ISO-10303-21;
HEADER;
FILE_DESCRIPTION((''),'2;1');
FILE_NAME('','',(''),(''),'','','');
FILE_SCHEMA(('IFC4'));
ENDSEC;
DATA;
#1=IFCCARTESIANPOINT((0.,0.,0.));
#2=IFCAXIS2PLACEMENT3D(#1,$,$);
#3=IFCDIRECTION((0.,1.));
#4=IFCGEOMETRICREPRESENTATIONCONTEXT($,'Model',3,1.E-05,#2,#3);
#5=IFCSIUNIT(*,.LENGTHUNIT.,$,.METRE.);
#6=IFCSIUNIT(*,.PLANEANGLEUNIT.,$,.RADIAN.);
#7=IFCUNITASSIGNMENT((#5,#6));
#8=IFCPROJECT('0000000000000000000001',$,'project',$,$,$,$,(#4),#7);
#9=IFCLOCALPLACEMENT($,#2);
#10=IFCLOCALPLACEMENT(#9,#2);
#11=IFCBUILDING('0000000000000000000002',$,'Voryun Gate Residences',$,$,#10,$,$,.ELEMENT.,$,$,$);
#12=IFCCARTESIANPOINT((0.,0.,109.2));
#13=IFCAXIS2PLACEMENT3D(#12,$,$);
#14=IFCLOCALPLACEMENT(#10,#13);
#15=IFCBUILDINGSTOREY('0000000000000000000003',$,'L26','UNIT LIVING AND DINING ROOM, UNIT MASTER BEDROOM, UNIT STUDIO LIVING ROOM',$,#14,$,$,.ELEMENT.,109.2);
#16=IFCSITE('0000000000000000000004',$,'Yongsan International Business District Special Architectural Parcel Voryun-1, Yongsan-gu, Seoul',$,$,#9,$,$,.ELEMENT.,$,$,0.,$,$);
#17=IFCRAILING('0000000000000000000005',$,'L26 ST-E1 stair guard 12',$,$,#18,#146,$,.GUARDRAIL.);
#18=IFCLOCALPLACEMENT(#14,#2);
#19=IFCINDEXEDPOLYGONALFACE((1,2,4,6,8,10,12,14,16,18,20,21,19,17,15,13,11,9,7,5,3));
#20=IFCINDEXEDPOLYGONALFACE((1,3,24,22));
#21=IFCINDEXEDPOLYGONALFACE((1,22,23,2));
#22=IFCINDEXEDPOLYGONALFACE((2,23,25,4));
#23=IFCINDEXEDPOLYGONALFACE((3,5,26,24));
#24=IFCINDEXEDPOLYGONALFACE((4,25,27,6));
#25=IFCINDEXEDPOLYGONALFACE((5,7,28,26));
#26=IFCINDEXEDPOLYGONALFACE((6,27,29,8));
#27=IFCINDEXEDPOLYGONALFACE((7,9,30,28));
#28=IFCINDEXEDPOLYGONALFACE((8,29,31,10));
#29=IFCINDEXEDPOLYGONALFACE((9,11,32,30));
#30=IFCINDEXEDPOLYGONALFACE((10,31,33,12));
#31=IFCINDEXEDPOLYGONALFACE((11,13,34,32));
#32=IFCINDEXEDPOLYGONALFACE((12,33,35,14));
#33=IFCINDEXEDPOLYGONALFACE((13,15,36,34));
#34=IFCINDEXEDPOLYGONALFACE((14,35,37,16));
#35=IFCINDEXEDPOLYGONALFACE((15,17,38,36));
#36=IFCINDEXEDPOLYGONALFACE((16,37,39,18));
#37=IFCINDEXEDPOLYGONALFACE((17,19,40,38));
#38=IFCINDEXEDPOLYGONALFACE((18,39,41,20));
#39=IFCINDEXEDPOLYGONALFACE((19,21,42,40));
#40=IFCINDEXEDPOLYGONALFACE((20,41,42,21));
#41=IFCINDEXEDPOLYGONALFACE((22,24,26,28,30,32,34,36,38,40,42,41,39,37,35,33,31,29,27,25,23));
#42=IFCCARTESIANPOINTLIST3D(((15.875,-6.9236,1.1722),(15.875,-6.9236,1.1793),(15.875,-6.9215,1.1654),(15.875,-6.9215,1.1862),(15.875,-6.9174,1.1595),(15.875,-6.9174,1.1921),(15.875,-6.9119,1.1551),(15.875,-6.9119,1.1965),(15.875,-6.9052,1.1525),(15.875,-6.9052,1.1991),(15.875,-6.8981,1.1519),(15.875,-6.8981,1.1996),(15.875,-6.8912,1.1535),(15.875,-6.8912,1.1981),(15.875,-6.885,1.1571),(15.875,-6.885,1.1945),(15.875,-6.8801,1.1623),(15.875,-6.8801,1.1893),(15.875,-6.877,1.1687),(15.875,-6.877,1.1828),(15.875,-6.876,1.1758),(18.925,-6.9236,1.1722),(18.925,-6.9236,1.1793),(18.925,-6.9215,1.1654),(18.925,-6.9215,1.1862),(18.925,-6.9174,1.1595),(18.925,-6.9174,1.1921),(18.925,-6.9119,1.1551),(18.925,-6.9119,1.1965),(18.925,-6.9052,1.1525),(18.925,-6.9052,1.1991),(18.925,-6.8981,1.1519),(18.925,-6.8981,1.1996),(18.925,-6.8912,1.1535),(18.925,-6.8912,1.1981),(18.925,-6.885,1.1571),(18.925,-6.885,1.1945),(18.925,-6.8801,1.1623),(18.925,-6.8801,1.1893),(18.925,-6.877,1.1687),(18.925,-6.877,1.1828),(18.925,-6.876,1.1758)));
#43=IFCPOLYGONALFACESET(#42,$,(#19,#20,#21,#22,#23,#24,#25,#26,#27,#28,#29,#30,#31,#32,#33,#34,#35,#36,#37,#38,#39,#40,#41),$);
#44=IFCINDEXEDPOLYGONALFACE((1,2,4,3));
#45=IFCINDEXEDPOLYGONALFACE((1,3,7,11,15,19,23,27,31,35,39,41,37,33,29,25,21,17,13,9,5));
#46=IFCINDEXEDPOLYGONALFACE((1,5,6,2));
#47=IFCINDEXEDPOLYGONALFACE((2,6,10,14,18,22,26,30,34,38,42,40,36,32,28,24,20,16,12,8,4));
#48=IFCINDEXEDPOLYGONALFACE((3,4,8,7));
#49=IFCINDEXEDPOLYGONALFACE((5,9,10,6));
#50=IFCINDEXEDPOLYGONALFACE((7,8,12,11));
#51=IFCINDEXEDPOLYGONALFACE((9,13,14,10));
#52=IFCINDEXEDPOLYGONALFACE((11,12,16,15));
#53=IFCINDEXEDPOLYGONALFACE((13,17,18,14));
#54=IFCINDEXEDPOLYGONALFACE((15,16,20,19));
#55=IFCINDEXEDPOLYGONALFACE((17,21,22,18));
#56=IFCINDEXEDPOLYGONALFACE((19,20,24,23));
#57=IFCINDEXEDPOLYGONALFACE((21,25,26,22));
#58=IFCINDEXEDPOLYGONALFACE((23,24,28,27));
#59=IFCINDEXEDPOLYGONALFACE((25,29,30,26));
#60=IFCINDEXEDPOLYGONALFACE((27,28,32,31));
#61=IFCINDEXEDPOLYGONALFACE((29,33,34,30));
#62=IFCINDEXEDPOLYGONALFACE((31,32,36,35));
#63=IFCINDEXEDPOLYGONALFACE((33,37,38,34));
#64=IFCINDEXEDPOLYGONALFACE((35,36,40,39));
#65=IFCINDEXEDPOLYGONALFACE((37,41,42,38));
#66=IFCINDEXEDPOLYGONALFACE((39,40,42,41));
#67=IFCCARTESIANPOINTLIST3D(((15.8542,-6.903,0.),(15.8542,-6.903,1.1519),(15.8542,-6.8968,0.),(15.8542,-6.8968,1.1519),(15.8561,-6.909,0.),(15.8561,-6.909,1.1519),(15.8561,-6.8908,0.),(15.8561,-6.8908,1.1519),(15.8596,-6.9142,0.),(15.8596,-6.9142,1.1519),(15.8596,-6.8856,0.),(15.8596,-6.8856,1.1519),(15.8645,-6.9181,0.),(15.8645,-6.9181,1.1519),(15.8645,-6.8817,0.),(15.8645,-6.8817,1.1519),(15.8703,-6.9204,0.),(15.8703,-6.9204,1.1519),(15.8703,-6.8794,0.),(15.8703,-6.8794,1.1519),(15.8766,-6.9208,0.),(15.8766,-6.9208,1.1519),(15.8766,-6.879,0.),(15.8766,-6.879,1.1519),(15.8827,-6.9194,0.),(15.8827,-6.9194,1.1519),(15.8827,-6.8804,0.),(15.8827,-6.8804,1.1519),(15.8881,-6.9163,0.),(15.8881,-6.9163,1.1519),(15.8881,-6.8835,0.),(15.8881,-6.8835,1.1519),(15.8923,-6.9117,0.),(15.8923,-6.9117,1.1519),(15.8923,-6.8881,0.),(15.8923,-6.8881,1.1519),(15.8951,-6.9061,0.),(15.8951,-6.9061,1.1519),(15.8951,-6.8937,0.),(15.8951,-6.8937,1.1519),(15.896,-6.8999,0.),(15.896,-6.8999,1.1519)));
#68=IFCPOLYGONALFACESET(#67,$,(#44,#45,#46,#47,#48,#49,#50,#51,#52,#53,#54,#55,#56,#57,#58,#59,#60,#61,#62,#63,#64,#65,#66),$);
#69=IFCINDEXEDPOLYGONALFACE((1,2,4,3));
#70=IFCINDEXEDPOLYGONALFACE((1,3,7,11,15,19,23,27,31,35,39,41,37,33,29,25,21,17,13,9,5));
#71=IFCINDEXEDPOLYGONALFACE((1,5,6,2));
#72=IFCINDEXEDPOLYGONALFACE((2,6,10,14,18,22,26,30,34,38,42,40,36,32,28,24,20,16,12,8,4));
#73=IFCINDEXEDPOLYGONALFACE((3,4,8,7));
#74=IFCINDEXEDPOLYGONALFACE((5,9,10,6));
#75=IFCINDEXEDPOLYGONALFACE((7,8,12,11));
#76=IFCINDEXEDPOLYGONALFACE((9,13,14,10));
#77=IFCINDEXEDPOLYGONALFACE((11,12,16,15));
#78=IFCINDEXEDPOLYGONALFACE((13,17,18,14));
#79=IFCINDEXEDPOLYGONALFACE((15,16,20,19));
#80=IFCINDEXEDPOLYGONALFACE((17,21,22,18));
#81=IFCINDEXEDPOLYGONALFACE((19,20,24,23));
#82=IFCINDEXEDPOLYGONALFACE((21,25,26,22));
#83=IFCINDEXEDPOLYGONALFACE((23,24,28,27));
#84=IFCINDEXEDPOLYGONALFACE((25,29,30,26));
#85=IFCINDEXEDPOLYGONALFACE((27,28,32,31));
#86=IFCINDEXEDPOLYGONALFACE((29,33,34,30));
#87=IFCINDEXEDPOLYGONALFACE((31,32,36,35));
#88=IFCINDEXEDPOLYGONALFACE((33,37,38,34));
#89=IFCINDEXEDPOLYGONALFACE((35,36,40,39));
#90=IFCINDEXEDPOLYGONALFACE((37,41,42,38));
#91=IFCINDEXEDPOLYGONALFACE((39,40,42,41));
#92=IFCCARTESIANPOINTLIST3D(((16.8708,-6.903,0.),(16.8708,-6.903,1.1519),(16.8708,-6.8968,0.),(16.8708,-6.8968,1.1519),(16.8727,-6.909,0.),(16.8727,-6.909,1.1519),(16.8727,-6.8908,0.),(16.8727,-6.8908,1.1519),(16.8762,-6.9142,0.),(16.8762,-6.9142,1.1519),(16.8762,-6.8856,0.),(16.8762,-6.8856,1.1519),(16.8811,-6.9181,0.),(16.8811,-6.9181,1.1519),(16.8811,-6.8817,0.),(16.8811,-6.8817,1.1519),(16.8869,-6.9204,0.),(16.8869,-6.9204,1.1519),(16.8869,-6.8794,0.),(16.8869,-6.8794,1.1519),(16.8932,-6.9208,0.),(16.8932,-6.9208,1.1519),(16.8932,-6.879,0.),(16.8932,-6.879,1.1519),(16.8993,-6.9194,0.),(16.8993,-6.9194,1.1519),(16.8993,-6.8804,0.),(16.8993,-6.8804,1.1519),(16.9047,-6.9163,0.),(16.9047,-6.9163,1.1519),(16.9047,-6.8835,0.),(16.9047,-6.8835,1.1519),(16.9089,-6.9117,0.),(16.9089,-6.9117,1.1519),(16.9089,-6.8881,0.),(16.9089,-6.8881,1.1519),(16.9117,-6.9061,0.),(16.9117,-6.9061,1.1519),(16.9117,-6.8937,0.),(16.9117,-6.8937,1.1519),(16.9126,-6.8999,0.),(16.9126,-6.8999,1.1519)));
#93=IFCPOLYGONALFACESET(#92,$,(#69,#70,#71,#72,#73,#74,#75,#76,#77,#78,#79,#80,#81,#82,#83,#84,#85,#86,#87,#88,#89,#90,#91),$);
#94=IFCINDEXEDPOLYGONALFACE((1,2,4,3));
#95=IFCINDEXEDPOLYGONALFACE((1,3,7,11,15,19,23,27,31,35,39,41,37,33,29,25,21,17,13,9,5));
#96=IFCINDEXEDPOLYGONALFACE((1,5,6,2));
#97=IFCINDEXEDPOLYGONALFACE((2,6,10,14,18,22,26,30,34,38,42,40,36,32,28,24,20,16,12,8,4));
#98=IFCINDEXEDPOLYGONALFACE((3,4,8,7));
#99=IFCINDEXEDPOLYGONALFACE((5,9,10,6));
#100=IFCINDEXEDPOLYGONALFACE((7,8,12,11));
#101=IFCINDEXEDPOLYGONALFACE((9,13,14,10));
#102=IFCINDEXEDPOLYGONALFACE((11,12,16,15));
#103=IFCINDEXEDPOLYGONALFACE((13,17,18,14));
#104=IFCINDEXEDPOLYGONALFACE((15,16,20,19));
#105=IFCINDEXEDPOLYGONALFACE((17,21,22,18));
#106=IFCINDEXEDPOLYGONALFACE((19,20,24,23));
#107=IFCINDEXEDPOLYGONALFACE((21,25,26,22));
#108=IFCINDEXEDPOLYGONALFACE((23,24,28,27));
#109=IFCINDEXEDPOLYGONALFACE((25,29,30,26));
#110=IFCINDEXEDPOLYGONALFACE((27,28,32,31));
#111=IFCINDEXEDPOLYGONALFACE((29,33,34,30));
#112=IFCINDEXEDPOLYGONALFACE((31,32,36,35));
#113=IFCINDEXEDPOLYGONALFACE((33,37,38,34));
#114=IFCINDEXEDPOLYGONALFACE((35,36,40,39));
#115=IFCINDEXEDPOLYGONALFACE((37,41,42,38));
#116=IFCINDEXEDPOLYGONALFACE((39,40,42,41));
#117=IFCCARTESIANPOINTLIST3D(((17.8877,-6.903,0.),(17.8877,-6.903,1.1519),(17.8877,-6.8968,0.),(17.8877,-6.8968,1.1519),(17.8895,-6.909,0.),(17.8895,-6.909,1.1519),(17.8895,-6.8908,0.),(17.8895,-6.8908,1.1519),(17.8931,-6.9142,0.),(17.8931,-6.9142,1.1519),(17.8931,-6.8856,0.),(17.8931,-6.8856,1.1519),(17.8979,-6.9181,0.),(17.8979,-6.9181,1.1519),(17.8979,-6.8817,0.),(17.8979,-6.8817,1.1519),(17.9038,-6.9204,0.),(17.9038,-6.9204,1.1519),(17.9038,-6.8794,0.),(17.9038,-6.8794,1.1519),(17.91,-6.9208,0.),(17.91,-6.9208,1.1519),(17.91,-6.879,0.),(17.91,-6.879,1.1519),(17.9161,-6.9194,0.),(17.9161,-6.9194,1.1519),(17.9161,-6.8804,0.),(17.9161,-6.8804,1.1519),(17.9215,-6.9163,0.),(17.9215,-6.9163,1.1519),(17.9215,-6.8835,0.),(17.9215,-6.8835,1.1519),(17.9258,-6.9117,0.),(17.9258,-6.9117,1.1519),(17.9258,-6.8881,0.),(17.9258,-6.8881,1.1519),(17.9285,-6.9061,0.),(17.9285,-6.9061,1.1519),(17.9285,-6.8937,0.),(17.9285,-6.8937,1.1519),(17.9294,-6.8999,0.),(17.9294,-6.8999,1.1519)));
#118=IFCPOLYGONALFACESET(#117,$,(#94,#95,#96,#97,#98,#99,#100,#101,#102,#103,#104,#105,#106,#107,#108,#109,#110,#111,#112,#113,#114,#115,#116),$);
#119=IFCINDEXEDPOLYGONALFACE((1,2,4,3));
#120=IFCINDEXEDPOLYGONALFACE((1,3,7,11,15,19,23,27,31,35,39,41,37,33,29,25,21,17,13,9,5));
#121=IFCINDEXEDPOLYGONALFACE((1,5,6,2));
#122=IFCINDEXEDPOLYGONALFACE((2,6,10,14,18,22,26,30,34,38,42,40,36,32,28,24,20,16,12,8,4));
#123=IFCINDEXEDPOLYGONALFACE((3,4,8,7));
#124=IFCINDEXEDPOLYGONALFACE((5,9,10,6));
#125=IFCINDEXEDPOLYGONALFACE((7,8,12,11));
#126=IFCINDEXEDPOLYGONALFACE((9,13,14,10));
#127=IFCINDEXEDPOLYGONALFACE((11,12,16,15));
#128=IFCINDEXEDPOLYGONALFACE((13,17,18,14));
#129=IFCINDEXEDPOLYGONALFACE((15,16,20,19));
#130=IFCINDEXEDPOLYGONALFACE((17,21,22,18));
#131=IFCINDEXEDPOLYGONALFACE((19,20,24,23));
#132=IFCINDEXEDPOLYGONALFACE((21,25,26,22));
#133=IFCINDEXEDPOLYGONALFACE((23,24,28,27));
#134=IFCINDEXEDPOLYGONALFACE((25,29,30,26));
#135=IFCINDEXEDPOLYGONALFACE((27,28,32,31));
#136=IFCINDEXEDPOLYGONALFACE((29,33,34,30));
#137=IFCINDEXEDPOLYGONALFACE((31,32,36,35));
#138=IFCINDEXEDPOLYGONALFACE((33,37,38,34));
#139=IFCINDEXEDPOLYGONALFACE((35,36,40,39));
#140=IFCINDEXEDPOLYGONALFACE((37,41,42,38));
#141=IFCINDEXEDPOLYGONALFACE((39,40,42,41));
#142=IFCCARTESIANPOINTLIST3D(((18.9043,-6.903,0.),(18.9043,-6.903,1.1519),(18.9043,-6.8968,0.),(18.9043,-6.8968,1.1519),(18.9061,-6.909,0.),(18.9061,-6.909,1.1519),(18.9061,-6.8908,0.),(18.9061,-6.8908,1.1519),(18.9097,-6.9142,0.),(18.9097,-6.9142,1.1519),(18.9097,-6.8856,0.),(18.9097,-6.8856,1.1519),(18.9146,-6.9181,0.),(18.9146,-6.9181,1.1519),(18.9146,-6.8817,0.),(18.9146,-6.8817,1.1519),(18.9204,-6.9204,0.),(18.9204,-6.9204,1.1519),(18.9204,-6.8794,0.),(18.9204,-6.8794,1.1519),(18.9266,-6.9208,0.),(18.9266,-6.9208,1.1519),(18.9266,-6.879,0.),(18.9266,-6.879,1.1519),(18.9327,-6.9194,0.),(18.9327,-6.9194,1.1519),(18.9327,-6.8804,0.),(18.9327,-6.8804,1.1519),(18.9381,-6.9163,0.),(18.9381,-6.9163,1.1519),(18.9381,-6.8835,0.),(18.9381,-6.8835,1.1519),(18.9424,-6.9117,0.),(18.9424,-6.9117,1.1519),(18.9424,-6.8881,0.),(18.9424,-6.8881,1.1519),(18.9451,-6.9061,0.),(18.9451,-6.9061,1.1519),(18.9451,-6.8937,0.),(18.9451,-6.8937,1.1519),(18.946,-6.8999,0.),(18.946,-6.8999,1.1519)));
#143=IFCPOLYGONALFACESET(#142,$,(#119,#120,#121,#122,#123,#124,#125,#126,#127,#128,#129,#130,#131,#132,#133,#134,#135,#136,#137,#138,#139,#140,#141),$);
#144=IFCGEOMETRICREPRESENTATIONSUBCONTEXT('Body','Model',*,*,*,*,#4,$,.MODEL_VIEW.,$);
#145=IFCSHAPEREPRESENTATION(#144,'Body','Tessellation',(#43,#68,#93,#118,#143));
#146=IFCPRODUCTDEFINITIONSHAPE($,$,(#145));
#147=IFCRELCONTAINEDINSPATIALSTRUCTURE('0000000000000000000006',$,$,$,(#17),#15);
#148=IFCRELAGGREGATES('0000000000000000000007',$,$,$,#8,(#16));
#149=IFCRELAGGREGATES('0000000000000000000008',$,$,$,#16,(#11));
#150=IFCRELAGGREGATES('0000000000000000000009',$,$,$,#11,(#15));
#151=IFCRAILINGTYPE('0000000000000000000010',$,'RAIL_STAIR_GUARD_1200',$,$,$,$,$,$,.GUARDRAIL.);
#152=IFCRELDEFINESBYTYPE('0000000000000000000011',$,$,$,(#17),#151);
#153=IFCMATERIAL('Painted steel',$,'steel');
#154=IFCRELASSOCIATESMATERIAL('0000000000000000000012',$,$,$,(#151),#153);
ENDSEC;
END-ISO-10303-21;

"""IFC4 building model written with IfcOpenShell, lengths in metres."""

from ifc_helpers import new_model, si_unit, direction, frame, origin, origin_2d, place, context, subcontext, project, spatial, circle, extrude, material, type_object, element, save


model = new_model("IFC4")

# Units and contexts
model_context = context("Model", 3, precision=1e-05, world=origin(), true_north=direction((0.0, 1.0)))
body_context = subcontext(model_context, "Body", "Model", "MODEL_VIEW")
ifc_project = project(units=[si_unit("LENGTHUNIT", "METRE"), si_unit("PLANEANGLEUNIT", "RADIAN")], contexts=[model_context])

# Site, building, storey
site_placement = place(None, origin())
site = spatial("IfcSite", under=ifc_project, at=site_placement, Name="Yongsan International Business District Special Architectural Parcel Voryun-1, Yongsan-gu, Seoul", CompositionType="ELEMENT", RefElevation=0.0)
building_placement = place(site_placement, origin())
building = spatial("IfcBuilding", under=site, at=building_placement, Name="Voryun Gate Residences", CompositionType="ELEMENT")
storey_placement = place(building_placement, frame((0.0, 0.0, 109.2)))
storey = spatial("IfcBuildingStorey", under=building, at=storey_placement, Name="L26", Description="UNIT LIVING AND DINING ROOM, UNIT MASTER BEDROOM, UNIT STUDIO LIVING ROOM", CompositionType="ELEMENT", Elevation=109.2)

# Railing
ifc_material_1 = material(Name="Painted steel", Category="steel")
railing_type_1 = type_object("IfcRailingType", Name="RAIL_STAIR_GUARD_1200", PredefinedType="GUARDRAIL", material=ifc_material_1)
railing_1_placement = place(storey_placement, frame((15.875, -6.8999, 0.0)))
element("IfcRailing", 1, at=railing_1_placement, inside=storey, type_object=railing_type_1, Name="L26 ST-E1 stair guard 12", PredefinedType="GUARDRAIL", context=body_context, shape_type="SweptSolid", body=[
    extrude(circle(Radius=0.0239, at=origin_2d()), frame((0.0, 0.0, 1.1758), z_axis=(1.0, 0.0, 0.0), x_axis=(0.0, 1.0, 0.0)), (0.0, 0.0, 1.0), 3.05),
    extrude(circle(Radius=0.021, at=origin_2d()), origin(), (0.0, 0.0, 1.0), 1.1519),
    extrude(circle(Radius=0.021, at=origin_2d()), frame((1.0166, 0.0, 0.0)), (0.0, 0.0, 1.0), 1.1519),
    extrude(circle(Radius=0.021, at=origin_2d()), frame((2.0334, 0.0, 0.0)), (0.0, 0.0, 1.0), 1.1519),
    extrude(circle(Radius=0.021, at=origin_2d()), frame((3.05, 0.0, 0.0)), (0.0, 0.0, 1.0), 1.1519),
])

save(model, "model.ifc")
